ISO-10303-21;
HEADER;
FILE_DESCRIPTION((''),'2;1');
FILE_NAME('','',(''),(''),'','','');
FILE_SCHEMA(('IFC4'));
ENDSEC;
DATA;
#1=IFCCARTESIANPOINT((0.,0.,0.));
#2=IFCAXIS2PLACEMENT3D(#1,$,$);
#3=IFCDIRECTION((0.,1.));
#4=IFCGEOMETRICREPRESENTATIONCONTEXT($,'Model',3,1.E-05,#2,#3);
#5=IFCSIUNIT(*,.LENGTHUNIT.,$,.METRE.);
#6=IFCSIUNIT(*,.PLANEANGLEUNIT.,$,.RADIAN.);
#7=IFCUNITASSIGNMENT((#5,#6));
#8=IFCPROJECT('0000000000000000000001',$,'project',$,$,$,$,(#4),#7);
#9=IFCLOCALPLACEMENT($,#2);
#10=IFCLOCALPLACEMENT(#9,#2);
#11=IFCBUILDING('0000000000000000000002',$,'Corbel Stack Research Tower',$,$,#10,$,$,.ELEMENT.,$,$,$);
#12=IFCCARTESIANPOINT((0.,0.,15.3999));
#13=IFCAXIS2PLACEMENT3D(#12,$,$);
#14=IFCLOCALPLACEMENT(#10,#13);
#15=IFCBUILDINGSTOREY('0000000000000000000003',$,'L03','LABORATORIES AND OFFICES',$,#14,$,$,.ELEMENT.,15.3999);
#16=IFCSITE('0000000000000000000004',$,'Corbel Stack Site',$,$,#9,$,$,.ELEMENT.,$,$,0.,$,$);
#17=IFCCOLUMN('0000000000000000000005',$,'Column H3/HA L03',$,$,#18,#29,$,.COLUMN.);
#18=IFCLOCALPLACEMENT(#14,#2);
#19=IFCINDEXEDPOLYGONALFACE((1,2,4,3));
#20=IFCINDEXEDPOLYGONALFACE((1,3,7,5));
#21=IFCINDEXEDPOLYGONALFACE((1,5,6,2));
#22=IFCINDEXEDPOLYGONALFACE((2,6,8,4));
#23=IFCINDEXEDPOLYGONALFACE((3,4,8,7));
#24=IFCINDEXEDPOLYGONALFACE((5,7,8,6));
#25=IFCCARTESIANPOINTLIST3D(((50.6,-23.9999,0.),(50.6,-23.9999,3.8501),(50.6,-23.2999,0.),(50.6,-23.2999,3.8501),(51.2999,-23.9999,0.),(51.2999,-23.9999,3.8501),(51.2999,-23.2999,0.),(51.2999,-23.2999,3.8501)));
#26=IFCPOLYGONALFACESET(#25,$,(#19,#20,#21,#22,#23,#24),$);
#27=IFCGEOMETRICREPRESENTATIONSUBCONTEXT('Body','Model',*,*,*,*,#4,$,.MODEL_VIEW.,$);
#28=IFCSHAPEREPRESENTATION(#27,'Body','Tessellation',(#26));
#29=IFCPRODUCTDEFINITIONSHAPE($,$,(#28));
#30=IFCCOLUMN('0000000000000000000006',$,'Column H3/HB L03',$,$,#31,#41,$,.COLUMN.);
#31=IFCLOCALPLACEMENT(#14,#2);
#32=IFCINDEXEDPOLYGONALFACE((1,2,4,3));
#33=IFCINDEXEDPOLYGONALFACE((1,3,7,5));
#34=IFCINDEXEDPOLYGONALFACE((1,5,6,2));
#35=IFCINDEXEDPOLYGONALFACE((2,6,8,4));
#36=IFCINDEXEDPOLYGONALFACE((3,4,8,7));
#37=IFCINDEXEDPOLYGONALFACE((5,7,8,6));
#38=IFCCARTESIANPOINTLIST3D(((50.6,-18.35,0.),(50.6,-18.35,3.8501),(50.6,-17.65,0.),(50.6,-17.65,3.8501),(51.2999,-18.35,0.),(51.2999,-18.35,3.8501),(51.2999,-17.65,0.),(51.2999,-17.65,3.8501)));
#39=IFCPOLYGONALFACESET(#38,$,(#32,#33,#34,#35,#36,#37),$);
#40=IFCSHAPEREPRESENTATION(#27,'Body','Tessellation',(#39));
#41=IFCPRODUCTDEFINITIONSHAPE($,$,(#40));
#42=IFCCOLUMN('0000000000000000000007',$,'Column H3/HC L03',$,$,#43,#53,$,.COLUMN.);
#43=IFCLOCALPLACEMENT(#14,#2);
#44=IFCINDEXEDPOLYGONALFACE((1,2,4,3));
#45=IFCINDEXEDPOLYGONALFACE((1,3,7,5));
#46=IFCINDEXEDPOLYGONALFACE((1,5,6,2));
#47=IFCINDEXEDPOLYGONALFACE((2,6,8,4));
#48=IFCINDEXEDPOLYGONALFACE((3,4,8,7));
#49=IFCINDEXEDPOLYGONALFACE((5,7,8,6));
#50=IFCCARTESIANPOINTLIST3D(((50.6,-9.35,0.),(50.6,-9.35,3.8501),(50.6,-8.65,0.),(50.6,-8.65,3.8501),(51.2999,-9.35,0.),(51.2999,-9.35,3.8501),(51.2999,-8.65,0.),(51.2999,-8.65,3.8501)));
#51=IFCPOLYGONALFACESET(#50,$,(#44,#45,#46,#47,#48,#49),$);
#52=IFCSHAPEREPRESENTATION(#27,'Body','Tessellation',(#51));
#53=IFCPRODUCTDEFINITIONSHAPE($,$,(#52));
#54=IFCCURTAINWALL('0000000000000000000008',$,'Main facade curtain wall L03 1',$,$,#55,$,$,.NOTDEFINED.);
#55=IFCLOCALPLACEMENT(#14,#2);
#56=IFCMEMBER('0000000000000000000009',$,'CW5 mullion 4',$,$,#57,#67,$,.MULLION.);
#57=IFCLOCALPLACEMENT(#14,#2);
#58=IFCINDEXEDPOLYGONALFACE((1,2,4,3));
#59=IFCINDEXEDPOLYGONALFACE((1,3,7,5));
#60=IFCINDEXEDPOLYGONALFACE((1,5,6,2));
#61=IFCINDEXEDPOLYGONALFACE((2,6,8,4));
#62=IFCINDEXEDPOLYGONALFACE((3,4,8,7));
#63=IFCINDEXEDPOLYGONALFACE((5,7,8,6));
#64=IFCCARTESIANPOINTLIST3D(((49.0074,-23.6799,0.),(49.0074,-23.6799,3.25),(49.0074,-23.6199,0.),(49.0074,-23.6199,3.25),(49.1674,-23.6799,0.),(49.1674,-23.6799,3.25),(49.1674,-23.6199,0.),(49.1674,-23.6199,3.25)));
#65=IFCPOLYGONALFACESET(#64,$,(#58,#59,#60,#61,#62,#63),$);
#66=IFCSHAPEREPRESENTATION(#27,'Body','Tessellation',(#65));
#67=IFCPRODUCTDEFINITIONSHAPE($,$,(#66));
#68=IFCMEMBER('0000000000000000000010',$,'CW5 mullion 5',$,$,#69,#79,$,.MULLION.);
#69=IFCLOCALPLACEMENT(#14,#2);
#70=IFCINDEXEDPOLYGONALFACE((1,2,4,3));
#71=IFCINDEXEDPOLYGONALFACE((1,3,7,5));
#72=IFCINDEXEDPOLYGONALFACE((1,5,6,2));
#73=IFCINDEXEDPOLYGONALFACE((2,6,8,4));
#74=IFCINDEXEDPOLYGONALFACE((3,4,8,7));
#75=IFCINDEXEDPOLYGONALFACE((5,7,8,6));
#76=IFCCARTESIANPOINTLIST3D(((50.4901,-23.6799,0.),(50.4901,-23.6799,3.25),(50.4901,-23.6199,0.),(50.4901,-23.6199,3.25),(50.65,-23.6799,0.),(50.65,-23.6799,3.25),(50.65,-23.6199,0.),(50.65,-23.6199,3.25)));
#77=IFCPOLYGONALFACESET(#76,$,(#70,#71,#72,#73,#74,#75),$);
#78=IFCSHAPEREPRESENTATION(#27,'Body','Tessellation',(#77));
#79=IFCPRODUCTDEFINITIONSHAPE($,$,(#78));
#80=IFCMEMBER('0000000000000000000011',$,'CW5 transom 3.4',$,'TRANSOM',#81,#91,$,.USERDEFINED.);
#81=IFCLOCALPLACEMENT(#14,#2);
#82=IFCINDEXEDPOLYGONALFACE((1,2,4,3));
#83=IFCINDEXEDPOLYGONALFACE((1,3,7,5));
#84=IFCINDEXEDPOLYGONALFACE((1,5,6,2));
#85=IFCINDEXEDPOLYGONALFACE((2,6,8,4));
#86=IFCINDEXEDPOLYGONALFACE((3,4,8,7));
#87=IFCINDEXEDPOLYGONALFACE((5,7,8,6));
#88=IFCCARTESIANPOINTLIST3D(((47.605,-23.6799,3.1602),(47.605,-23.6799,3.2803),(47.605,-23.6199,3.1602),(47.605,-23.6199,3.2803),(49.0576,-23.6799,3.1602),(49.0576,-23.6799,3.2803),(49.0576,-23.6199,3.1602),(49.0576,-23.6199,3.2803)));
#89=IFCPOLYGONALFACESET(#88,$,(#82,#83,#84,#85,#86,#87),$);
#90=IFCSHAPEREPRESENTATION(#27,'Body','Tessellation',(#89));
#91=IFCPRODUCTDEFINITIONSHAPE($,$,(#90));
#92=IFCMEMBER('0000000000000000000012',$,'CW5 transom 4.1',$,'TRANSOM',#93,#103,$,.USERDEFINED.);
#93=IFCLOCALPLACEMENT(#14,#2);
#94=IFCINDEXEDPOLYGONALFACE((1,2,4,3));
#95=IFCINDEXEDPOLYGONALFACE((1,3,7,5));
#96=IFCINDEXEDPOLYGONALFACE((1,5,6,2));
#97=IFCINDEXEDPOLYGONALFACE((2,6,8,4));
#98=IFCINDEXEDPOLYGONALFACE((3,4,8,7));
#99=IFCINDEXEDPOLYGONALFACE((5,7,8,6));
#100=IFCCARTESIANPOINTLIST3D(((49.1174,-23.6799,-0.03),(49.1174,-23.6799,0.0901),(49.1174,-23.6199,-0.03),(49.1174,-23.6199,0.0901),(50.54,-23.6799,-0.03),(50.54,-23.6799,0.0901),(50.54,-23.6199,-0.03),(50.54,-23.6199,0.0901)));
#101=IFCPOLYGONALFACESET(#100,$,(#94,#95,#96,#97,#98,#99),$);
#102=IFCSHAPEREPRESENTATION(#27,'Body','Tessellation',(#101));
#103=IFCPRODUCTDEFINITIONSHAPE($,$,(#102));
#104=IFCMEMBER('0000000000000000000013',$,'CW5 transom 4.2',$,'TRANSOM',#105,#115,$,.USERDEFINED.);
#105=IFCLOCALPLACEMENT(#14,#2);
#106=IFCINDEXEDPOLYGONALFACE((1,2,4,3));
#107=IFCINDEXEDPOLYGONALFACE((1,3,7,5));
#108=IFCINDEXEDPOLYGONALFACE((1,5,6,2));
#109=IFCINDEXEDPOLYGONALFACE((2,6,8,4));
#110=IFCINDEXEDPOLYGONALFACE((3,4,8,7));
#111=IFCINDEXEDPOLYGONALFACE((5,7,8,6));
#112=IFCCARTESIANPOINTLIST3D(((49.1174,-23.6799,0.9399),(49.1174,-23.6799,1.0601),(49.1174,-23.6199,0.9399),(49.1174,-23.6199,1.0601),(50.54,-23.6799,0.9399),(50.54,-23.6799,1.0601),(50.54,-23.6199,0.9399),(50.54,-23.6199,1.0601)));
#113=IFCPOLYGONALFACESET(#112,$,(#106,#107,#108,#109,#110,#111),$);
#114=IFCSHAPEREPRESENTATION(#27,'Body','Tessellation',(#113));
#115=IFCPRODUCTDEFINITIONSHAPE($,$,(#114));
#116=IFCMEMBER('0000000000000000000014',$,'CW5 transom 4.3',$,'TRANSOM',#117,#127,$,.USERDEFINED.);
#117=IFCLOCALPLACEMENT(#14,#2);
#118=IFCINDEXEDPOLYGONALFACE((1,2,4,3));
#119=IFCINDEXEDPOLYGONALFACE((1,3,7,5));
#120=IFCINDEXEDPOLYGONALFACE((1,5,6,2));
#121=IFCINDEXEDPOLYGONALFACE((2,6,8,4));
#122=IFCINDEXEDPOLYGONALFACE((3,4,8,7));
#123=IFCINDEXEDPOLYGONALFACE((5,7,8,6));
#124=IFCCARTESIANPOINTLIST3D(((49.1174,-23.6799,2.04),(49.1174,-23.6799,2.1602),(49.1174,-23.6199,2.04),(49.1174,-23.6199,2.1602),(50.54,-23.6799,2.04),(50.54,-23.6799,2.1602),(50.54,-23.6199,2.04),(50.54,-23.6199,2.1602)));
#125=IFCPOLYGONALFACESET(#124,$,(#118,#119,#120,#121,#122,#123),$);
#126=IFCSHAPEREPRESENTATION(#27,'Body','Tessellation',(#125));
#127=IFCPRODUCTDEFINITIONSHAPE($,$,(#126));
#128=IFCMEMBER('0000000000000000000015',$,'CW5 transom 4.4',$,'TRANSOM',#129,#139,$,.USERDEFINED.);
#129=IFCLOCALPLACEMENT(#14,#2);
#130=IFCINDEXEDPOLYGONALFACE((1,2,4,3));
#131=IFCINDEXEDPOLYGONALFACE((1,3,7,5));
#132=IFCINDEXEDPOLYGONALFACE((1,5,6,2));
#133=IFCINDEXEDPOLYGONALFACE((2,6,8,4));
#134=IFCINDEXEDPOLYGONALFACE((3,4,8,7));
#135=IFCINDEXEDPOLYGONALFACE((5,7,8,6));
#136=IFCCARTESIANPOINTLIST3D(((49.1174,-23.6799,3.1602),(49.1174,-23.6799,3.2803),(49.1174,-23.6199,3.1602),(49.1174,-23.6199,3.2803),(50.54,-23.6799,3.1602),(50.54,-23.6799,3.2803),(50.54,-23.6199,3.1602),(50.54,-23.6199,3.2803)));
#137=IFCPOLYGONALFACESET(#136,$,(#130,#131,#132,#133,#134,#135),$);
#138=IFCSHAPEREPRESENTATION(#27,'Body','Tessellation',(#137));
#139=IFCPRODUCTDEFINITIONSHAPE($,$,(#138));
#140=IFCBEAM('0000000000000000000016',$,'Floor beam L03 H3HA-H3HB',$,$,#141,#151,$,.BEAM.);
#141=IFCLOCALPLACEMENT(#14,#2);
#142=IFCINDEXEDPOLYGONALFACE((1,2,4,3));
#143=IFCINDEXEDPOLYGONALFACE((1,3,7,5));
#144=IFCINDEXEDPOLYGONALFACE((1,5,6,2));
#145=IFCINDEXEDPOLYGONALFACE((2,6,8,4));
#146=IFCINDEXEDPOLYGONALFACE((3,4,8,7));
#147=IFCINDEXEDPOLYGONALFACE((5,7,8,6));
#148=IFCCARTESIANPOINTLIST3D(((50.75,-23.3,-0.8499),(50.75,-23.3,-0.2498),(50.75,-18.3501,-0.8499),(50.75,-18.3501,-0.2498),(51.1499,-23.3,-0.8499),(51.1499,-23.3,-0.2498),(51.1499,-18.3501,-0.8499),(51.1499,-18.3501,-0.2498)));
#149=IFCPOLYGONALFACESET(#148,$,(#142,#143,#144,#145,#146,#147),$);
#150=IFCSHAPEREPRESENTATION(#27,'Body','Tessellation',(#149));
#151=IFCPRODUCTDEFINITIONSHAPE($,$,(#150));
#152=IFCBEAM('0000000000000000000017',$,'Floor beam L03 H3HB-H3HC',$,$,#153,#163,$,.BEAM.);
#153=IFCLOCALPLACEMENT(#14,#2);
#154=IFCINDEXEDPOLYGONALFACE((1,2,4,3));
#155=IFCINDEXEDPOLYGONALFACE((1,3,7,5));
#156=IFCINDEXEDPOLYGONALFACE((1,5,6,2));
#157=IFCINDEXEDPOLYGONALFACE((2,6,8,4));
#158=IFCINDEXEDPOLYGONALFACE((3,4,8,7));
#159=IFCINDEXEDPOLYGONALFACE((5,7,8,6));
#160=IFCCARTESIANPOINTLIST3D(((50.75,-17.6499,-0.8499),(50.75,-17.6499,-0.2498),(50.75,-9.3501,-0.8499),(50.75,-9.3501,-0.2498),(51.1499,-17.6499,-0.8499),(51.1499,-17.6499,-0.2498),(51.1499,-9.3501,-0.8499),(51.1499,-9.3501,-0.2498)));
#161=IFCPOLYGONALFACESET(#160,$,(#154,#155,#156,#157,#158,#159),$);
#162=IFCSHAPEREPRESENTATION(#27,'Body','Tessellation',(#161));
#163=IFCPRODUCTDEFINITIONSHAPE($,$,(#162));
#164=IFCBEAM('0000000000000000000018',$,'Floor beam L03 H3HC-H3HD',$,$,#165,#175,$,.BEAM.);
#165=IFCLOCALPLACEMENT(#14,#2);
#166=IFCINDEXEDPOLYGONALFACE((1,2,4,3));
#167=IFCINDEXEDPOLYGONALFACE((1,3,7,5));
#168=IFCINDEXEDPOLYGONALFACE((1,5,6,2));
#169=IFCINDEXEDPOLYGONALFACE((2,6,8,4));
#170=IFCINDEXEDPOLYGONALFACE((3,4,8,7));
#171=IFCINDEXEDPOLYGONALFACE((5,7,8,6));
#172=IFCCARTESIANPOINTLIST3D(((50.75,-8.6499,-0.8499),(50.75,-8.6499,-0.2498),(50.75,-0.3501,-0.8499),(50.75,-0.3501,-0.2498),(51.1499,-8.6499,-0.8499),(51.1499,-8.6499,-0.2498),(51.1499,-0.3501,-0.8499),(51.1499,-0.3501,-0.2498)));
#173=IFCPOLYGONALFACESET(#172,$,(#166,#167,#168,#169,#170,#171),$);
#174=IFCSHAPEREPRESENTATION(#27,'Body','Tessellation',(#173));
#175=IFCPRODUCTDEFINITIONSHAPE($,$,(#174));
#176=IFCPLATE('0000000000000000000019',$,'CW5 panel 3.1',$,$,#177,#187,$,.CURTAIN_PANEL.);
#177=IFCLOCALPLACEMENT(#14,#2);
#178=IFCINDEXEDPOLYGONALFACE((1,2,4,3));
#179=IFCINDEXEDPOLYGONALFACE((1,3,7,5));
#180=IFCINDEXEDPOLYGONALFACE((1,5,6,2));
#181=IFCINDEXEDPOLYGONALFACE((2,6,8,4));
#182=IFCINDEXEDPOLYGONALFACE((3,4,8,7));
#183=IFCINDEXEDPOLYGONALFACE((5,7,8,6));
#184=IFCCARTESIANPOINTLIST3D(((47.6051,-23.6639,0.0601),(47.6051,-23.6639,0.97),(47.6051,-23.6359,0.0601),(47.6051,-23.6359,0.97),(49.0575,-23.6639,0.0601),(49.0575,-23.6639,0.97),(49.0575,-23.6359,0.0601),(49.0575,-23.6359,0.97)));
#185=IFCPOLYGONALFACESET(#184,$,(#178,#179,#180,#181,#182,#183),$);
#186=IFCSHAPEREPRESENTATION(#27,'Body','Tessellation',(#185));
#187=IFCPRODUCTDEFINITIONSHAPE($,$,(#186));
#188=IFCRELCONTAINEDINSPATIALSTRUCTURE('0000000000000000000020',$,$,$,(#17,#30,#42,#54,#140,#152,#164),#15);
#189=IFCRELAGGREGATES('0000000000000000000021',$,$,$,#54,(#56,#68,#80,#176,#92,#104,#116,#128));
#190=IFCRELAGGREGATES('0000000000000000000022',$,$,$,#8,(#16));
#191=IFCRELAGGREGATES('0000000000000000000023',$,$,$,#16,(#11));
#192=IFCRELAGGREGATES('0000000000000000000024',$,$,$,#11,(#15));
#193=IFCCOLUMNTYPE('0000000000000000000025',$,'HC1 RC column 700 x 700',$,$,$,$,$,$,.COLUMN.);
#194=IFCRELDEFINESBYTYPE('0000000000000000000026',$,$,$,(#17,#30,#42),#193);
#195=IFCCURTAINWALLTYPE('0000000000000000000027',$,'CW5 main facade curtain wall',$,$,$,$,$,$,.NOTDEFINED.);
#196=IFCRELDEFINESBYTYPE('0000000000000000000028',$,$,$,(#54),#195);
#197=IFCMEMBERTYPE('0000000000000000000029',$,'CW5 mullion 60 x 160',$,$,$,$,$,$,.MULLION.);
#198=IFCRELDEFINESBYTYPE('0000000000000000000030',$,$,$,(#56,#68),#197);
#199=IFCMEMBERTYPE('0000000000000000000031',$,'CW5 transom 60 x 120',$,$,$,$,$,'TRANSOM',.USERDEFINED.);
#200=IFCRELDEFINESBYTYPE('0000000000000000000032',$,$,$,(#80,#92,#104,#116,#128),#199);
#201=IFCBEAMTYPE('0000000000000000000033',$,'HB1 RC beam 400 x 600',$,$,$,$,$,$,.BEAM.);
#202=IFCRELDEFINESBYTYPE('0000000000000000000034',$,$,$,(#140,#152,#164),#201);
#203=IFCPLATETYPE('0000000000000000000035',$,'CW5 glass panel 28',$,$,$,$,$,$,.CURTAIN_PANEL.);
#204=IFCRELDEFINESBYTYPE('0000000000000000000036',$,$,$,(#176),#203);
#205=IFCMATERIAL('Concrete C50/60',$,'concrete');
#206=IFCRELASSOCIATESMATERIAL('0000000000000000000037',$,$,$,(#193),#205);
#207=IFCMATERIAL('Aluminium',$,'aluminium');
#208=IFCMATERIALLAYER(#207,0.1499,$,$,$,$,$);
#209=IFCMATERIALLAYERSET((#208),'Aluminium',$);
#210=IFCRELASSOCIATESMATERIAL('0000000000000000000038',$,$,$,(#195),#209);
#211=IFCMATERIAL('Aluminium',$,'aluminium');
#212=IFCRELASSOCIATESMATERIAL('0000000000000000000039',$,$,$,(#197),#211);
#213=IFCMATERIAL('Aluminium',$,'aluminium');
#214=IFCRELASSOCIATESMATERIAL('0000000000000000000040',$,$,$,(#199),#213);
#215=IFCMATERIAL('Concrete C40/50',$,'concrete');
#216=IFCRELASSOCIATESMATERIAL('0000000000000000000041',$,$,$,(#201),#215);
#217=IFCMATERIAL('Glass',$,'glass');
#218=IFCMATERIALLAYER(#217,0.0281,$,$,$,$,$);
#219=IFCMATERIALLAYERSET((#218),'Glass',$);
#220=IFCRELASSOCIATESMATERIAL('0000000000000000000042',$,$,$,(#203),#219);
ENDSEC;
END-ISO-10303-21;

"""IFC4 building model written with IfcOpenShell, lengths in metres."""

from ifc_helpers import new_model, si_unit, direction, frame, origin, origin_2d, place, context, subcontext, project, spatial, rectangle, extrude, material, layer, layer_set, material_profile, profile_set, type_object, element, aggregate, save


model = new_model("IFC4")

# Units and contexts
model_context = context("Model", 3, precision=1e-05, world=origin(), true_north=direction((0.0, 1.0)))
body_context = subcontext(model_context, "Body", "Model", "MODEL_VIEW")
ifc_project = project(units=[si_unit("LENGTHUNIT", "METRE"), si_unit("PLANEANGLEUNIT", "RADIAN")], contexts=[model_context])

# Site, building, storey
site_placement = place(None, origin())
site = spatial("IfcSite", under=ifc_project, at=site_placement, Name="Corbel Stack Site", CompositionType="ELEMENT", RefElevation=0.0)
building_placement = place(site_placement, origin())
building = spatial("IfcBuilding", under=site, at=building_placement, Name="Corbel Stack Research Tower", CompositionType="ELEMENT")
storey_placement = place(building_placement, frame((0.0, 0.0, 15.3999)))
storey = spatial("IfcBuildingStorey", under=building, at=storey_placement, Name="L03", Description="LABORATORIES AND OFFICES", CompositionType="ELEMENT", Elevation=15.3999)

# Columns
ifc_material_1 = material(Name="Concrete C50/60", Category="concrete")
ifc_material_profile_1 = material_profile(ifc_material_1, rectangle(XDim=0.7, YDim=0.7, at=origin_2d()), Name="RC 700 x 700")
ifc_profile_set_1 = profile_set([ifc_material_profile_1], Name="Concrete C50/60")
column_type = type_object("IfcColumnType", Name="HC1 RC column 700 x 700", PredefinedType="COLUMN", material=ifc_profile_set_1)
for number, where, z_axis, x_axis, name in (
    (1, (50.95, -23.6499, 0.0), (0.0, 0.0, 1.0), (1.0, 0.0, 0.0), "Column H3/HA L03"),
    (2, (50.95, -18.0, 0.0), (0.0, 0.0, 1.0), (1.0, 0.0, 0.0), "Column H3/HB L03"),
    (3, (50.95, -9.0, 0.0), (0.0, 0.0, 1.0), (1.0, 0.0, 0.0), "Column H3/HC L03"),
):
    element("IfcColumn", number, at=place(storey_placement, frame(where, z_axis=z_axis, x_axis=x_axis)), inside=storey, type_object=column_type, Name=name, PredefinedType="COLUMN", context=body_context, shape_type="SweptSolid", body=[
        extrude(rectangle(XDim=0.7, YDim=0.7, at=origin_2d()), origin(), (0.0, 0.0, 1.0), 3.8501),
    ])

# Curtain wall, members
ifc_material_2 = material(Name="Aluminium", Category="aluminium")
ifc_layer_1 = layer(ifc_material_2, 0.1499)
ifc_layer_set_1 = layer_set([ifc_layer_1], Name="Aluminium")
curtain_wall_type = type_object("IfcCurtainWallType", Name="CW5 main facade curtain wall", PredefinedType="NOTDEFINED", material=ifc_layer_set_1)
curtain_wall_placement = place(storey_placement, origin())
curtain_wall = element("IfcCurtainWall", 4, at=curtain_wall_placement, inside=storey, type_object=curtain_wall_type, Name="Main facade curtain wall L03 1", PredefinedType="NOTDEFINED")
ifc_material_3 = material(Name="Aluminium", Category="aluminium")
ifc_material_profile_2 = material_profile(ifc_material_3, rectangle(XDim=0.0601, YDim=0.1599, at=origin_2d()), Name="Mullion 60 x 160")
ifc_profile_set_2 = profile_set([ifc_material_profile_2], Name="Aluminium")
member_type_1 = type_object("IfcMemberType", Name="CW5 mullion 60 x 160", PredefinedType="MULLION", material=ifc_profile_set_2)
member_1_placement = place(storey_placement, frame((49.0874, -23.6499, 0.0), z_axis=(0.0, 0.0, 1.0), x_axis=(0.0, 1.0, 0.0)))
member_1 = element("IfcMember", 5, at=member_1_placement, type_object=member_type_1, Name="CW5 mullion 4", PredefinedType="MULLION", context=body_context, shape_type="SweptSolid", body=[
    extrude(rectangle(XDim=0.0601, YDim=0.1599, at=origin_2d()), origin(), (0.0, 0.0, 1.0), 3.25),
])
member_2_placement = place(storey_placement, frame((50.5701, -23.6499, 0.0), z_axis=(0.0, 0.0, 1.0), x_axis=(0.0, 1.0, 0.0)))
member_2 = element("IfcMember", 6, at=member_2_placement, type_object=member_type_1, Name="CW5 mullion 5", PredefinedType="MULLION", context=body_context, shape_type="SweptSolid", body=[
    extrude(rectangle(XDim=0.0601, YDim=0.1599, at=origin_2d()), origin(), (0.0, 0.0, 1.0), 3.25),
])
ifc_material_4 = material(Name="Aluminium", Category="aluminium")
ifc_material_profile_3 = material_profile(ifc_material_4, rectangle(XDim=0.0601, YDim=0.1201, at=origin_2d()), Name="Transom 60 x 120")
ifc_profile_set_3 = profile_set([ifc_material_profile_3], Name="Aluminium")
member_type_2 = type_object("IfcMemberType", Name="CW5 transom 60 x 120", ElementType="TRANSOM", PredefinedType="USERDEFINED", material=ifc_profile_set_3)
member_3_placement = place(storey_placement, frame((47.605, -23.6499, 3.2202), z_axis=(1.0, 0.0, 0.0), x_axis=(0.0, 1.0, 0.0)))
member_3 = element("IfcMember", 7, at=member_3_placement, type_object=member_type_2, Name="CW5 transom 3.4", ObjectType="TRANSOM", PredefinedType="USERDEFINED", context=body_context, shape_type="SweptSolid", body=[
    extrude(rectangle(XDim=0.0601, YDim=0.1201, at=origin_2d()), origin(), (0.0, 0.0, 1.0), 1.4526),
])
member_4_placement = place(storey_placement, frame((49.1174, -23.6499, 0.03), z_axis=(1.0, 0.0, 0.0), x_axis=(0.0, 1.0, 0.0)))
member_4 = element("IfcMember", 8, at=member_4_placement, type_object=member_type_2, Name="CW5 transom 4.1", ObjectType="TRANSOM", PredefinedType="USERDEFINED", context=body_context, shape_type="SweptSolid", body=[
    extrude(rectangle(XDim=0.0601, YDim=0.1201, at=origin_2d()), origin(), (0.0, 0.0, 1.0), 1.4226),
])
member_5_placement = place(storey_placement, frame((49.1174, -23.6499, 1.0), z_axis=(1.0, 0.0, 0.0), x_axis=(0.0, 1.0, 0.0)))
member_5 = element("IfcMember", 9, at=member_5_placement, type_object=member_type_2, Name="CW5 transom 4.2", ObjectType="TRANSOM", PredefinedType="USERDEFINED", context=body_context, shape_type="SweptSolid", body=[
    extrude(rectangle(XDim=0.0601, YDim=0.1201, at=origin_2d()), origin(), (0.0, 0.0, 1.0), 1.4226),
])
member_6_placement = place(storey_placement, frame((49.1174, -23.6499, 2.1001), z_axis=(1.0, 0.0, 0.0), x_axis=(0.0, 1.0, 0.0)))
member_6 = element("IfcMember", 10, at=member_6_placement, type_object=member_type_2, Name="CW5 transom 4.3", ObjectType="TRANSOM", PredefinedType="USERDEFINED", context=body_context, shape_type="SweptSolid", body=[
    extrude(rectangle(XDim=0.0601, YDim=0.1201, at=origin_2d()), origin(), (0.0, 0.0, 1.0), 1.4226),
])
member_7_placement = place(storey_placement, frame((49.1174, -23.6499, 3.2202), z_axis=(1.0, 0.0, 0.0), x_axis=(0.0, 1.0, 0.0)))
member_7 = element("IfcMember", 11, at=member_7_placement, type_object=member_type_2, Name="CW5 transom 4.4", ObjectType="TRANSOM", PredefinedType="USERDEFINED", context=body_context, shape_type="SweptSolid", body=[
    extrude(rectangle(XDim=0.0601, YDim=0.1201, at=origin_2d()), origin(), (0.0, 0.0, 1.0), 1.4226),
])

# Beams
ifc_material_5 = material(Name="Concrete C40/50", Category="concrete")
ifc_material_profile_4 = material_profile(ifc_material_5, rectangle(XDim=0.3999, YDim=0.6001, at=origin_2d()), Name="RC 400 x 600")
ifc_profile_set_4 = profile_set([ifc_material_profile_4], Name="Concrete C40/50")
beam_type = type_object("IfcBeamType", Name="HB1 RC beam 400 x 600", PredefinedType="BEAM", material=ifc_profile_set_4)
beam_placement = place(storey_placement, frame((50.95, -23.3, -0.5498), z_axis=(0.0, 1.0, 0.0), x_axis=(-1.0, 0.0, 0.0)))
element("IfcBeam", 12, at=beam_placement, inside=storey, type_object=beam_type, Name="Floor beam L03 H3HA-H3HB", PredefinedType="BEAM", context=body_context, shape_type="SweptSolid", body=[
    extrude(rectangle(XDim=0.3999, YDim=0.6001, at=origin_2d()), origin(), (0.0, 0.0, 1.0), 4.95),
])
for number, where, z_axis, x_axis, name in (
    (13, (50.95, -17.6499, -0.5498), (0.0, 1.0, 0.0), (-1.0, 0.0, 0.0), "Floor beam L03 H3HB-H3HC"),
    (14, (50.95, -8.6499, -0.5498), (0.0, 1.0, 0.0), (-1.0, 0.0, 0.0), "Floor beam L03 H3HC-H3HD"),
):
    element("IfcBeam", number, at=place(storey_placement, frame(where, z_axis=z_axis, x_axis=x_axis)), inside=storey, type_object=beam_type, Name=name, PredefinedType="BEAM", context=body_context, shape_type="SweptSolid", body=[
        extrude(rectangle(XDim=0.3999, YDim=0.6001, at=origin_2d()), origin(), (0.0, 0.0, 1.0), 8.2998),
    ])

# Plate
ifc_material_6 = material(Name="Glass", Category="glass")
ifc_layer_2 = layer(ifc_material_6, 0.0281)
ifc_layer_set_2 = layer_set([ifc_layer_2], Name="Glass")
plate_type = type_object("IfcPlateType", Name="CW5 glass panel 28", PredefinedType="CURTAIN_PANEL", material=ifc_layer_set_2)
plate_1_placement = place(storey_placement, frame((48.3313, -23.6499, 0.0601), z_axis=(0.0, 0.0, 1.0), x_axis=(1.0, 0.0, 0.0)))
plate_1 = element("IfcPlate", 15, at=plate_1_placement, type_object=plate_type, Name="CW5 panel 3.1", PredefinedType="CURTAIN_PANEL", context=body_context, shape_type="SweptSolid", body=[
    extrude(rectangle(XDim=1.4524, YDim=0.0281, at=origin_2d()), origin(), (0.0, 0.0, 1.0), 0.9099),
])
aggregate(curtain_wall, [member_1, member_2, member_3, plate_1, member_4, member_5, member_6, member_7])

save(model, "model.ifc")
